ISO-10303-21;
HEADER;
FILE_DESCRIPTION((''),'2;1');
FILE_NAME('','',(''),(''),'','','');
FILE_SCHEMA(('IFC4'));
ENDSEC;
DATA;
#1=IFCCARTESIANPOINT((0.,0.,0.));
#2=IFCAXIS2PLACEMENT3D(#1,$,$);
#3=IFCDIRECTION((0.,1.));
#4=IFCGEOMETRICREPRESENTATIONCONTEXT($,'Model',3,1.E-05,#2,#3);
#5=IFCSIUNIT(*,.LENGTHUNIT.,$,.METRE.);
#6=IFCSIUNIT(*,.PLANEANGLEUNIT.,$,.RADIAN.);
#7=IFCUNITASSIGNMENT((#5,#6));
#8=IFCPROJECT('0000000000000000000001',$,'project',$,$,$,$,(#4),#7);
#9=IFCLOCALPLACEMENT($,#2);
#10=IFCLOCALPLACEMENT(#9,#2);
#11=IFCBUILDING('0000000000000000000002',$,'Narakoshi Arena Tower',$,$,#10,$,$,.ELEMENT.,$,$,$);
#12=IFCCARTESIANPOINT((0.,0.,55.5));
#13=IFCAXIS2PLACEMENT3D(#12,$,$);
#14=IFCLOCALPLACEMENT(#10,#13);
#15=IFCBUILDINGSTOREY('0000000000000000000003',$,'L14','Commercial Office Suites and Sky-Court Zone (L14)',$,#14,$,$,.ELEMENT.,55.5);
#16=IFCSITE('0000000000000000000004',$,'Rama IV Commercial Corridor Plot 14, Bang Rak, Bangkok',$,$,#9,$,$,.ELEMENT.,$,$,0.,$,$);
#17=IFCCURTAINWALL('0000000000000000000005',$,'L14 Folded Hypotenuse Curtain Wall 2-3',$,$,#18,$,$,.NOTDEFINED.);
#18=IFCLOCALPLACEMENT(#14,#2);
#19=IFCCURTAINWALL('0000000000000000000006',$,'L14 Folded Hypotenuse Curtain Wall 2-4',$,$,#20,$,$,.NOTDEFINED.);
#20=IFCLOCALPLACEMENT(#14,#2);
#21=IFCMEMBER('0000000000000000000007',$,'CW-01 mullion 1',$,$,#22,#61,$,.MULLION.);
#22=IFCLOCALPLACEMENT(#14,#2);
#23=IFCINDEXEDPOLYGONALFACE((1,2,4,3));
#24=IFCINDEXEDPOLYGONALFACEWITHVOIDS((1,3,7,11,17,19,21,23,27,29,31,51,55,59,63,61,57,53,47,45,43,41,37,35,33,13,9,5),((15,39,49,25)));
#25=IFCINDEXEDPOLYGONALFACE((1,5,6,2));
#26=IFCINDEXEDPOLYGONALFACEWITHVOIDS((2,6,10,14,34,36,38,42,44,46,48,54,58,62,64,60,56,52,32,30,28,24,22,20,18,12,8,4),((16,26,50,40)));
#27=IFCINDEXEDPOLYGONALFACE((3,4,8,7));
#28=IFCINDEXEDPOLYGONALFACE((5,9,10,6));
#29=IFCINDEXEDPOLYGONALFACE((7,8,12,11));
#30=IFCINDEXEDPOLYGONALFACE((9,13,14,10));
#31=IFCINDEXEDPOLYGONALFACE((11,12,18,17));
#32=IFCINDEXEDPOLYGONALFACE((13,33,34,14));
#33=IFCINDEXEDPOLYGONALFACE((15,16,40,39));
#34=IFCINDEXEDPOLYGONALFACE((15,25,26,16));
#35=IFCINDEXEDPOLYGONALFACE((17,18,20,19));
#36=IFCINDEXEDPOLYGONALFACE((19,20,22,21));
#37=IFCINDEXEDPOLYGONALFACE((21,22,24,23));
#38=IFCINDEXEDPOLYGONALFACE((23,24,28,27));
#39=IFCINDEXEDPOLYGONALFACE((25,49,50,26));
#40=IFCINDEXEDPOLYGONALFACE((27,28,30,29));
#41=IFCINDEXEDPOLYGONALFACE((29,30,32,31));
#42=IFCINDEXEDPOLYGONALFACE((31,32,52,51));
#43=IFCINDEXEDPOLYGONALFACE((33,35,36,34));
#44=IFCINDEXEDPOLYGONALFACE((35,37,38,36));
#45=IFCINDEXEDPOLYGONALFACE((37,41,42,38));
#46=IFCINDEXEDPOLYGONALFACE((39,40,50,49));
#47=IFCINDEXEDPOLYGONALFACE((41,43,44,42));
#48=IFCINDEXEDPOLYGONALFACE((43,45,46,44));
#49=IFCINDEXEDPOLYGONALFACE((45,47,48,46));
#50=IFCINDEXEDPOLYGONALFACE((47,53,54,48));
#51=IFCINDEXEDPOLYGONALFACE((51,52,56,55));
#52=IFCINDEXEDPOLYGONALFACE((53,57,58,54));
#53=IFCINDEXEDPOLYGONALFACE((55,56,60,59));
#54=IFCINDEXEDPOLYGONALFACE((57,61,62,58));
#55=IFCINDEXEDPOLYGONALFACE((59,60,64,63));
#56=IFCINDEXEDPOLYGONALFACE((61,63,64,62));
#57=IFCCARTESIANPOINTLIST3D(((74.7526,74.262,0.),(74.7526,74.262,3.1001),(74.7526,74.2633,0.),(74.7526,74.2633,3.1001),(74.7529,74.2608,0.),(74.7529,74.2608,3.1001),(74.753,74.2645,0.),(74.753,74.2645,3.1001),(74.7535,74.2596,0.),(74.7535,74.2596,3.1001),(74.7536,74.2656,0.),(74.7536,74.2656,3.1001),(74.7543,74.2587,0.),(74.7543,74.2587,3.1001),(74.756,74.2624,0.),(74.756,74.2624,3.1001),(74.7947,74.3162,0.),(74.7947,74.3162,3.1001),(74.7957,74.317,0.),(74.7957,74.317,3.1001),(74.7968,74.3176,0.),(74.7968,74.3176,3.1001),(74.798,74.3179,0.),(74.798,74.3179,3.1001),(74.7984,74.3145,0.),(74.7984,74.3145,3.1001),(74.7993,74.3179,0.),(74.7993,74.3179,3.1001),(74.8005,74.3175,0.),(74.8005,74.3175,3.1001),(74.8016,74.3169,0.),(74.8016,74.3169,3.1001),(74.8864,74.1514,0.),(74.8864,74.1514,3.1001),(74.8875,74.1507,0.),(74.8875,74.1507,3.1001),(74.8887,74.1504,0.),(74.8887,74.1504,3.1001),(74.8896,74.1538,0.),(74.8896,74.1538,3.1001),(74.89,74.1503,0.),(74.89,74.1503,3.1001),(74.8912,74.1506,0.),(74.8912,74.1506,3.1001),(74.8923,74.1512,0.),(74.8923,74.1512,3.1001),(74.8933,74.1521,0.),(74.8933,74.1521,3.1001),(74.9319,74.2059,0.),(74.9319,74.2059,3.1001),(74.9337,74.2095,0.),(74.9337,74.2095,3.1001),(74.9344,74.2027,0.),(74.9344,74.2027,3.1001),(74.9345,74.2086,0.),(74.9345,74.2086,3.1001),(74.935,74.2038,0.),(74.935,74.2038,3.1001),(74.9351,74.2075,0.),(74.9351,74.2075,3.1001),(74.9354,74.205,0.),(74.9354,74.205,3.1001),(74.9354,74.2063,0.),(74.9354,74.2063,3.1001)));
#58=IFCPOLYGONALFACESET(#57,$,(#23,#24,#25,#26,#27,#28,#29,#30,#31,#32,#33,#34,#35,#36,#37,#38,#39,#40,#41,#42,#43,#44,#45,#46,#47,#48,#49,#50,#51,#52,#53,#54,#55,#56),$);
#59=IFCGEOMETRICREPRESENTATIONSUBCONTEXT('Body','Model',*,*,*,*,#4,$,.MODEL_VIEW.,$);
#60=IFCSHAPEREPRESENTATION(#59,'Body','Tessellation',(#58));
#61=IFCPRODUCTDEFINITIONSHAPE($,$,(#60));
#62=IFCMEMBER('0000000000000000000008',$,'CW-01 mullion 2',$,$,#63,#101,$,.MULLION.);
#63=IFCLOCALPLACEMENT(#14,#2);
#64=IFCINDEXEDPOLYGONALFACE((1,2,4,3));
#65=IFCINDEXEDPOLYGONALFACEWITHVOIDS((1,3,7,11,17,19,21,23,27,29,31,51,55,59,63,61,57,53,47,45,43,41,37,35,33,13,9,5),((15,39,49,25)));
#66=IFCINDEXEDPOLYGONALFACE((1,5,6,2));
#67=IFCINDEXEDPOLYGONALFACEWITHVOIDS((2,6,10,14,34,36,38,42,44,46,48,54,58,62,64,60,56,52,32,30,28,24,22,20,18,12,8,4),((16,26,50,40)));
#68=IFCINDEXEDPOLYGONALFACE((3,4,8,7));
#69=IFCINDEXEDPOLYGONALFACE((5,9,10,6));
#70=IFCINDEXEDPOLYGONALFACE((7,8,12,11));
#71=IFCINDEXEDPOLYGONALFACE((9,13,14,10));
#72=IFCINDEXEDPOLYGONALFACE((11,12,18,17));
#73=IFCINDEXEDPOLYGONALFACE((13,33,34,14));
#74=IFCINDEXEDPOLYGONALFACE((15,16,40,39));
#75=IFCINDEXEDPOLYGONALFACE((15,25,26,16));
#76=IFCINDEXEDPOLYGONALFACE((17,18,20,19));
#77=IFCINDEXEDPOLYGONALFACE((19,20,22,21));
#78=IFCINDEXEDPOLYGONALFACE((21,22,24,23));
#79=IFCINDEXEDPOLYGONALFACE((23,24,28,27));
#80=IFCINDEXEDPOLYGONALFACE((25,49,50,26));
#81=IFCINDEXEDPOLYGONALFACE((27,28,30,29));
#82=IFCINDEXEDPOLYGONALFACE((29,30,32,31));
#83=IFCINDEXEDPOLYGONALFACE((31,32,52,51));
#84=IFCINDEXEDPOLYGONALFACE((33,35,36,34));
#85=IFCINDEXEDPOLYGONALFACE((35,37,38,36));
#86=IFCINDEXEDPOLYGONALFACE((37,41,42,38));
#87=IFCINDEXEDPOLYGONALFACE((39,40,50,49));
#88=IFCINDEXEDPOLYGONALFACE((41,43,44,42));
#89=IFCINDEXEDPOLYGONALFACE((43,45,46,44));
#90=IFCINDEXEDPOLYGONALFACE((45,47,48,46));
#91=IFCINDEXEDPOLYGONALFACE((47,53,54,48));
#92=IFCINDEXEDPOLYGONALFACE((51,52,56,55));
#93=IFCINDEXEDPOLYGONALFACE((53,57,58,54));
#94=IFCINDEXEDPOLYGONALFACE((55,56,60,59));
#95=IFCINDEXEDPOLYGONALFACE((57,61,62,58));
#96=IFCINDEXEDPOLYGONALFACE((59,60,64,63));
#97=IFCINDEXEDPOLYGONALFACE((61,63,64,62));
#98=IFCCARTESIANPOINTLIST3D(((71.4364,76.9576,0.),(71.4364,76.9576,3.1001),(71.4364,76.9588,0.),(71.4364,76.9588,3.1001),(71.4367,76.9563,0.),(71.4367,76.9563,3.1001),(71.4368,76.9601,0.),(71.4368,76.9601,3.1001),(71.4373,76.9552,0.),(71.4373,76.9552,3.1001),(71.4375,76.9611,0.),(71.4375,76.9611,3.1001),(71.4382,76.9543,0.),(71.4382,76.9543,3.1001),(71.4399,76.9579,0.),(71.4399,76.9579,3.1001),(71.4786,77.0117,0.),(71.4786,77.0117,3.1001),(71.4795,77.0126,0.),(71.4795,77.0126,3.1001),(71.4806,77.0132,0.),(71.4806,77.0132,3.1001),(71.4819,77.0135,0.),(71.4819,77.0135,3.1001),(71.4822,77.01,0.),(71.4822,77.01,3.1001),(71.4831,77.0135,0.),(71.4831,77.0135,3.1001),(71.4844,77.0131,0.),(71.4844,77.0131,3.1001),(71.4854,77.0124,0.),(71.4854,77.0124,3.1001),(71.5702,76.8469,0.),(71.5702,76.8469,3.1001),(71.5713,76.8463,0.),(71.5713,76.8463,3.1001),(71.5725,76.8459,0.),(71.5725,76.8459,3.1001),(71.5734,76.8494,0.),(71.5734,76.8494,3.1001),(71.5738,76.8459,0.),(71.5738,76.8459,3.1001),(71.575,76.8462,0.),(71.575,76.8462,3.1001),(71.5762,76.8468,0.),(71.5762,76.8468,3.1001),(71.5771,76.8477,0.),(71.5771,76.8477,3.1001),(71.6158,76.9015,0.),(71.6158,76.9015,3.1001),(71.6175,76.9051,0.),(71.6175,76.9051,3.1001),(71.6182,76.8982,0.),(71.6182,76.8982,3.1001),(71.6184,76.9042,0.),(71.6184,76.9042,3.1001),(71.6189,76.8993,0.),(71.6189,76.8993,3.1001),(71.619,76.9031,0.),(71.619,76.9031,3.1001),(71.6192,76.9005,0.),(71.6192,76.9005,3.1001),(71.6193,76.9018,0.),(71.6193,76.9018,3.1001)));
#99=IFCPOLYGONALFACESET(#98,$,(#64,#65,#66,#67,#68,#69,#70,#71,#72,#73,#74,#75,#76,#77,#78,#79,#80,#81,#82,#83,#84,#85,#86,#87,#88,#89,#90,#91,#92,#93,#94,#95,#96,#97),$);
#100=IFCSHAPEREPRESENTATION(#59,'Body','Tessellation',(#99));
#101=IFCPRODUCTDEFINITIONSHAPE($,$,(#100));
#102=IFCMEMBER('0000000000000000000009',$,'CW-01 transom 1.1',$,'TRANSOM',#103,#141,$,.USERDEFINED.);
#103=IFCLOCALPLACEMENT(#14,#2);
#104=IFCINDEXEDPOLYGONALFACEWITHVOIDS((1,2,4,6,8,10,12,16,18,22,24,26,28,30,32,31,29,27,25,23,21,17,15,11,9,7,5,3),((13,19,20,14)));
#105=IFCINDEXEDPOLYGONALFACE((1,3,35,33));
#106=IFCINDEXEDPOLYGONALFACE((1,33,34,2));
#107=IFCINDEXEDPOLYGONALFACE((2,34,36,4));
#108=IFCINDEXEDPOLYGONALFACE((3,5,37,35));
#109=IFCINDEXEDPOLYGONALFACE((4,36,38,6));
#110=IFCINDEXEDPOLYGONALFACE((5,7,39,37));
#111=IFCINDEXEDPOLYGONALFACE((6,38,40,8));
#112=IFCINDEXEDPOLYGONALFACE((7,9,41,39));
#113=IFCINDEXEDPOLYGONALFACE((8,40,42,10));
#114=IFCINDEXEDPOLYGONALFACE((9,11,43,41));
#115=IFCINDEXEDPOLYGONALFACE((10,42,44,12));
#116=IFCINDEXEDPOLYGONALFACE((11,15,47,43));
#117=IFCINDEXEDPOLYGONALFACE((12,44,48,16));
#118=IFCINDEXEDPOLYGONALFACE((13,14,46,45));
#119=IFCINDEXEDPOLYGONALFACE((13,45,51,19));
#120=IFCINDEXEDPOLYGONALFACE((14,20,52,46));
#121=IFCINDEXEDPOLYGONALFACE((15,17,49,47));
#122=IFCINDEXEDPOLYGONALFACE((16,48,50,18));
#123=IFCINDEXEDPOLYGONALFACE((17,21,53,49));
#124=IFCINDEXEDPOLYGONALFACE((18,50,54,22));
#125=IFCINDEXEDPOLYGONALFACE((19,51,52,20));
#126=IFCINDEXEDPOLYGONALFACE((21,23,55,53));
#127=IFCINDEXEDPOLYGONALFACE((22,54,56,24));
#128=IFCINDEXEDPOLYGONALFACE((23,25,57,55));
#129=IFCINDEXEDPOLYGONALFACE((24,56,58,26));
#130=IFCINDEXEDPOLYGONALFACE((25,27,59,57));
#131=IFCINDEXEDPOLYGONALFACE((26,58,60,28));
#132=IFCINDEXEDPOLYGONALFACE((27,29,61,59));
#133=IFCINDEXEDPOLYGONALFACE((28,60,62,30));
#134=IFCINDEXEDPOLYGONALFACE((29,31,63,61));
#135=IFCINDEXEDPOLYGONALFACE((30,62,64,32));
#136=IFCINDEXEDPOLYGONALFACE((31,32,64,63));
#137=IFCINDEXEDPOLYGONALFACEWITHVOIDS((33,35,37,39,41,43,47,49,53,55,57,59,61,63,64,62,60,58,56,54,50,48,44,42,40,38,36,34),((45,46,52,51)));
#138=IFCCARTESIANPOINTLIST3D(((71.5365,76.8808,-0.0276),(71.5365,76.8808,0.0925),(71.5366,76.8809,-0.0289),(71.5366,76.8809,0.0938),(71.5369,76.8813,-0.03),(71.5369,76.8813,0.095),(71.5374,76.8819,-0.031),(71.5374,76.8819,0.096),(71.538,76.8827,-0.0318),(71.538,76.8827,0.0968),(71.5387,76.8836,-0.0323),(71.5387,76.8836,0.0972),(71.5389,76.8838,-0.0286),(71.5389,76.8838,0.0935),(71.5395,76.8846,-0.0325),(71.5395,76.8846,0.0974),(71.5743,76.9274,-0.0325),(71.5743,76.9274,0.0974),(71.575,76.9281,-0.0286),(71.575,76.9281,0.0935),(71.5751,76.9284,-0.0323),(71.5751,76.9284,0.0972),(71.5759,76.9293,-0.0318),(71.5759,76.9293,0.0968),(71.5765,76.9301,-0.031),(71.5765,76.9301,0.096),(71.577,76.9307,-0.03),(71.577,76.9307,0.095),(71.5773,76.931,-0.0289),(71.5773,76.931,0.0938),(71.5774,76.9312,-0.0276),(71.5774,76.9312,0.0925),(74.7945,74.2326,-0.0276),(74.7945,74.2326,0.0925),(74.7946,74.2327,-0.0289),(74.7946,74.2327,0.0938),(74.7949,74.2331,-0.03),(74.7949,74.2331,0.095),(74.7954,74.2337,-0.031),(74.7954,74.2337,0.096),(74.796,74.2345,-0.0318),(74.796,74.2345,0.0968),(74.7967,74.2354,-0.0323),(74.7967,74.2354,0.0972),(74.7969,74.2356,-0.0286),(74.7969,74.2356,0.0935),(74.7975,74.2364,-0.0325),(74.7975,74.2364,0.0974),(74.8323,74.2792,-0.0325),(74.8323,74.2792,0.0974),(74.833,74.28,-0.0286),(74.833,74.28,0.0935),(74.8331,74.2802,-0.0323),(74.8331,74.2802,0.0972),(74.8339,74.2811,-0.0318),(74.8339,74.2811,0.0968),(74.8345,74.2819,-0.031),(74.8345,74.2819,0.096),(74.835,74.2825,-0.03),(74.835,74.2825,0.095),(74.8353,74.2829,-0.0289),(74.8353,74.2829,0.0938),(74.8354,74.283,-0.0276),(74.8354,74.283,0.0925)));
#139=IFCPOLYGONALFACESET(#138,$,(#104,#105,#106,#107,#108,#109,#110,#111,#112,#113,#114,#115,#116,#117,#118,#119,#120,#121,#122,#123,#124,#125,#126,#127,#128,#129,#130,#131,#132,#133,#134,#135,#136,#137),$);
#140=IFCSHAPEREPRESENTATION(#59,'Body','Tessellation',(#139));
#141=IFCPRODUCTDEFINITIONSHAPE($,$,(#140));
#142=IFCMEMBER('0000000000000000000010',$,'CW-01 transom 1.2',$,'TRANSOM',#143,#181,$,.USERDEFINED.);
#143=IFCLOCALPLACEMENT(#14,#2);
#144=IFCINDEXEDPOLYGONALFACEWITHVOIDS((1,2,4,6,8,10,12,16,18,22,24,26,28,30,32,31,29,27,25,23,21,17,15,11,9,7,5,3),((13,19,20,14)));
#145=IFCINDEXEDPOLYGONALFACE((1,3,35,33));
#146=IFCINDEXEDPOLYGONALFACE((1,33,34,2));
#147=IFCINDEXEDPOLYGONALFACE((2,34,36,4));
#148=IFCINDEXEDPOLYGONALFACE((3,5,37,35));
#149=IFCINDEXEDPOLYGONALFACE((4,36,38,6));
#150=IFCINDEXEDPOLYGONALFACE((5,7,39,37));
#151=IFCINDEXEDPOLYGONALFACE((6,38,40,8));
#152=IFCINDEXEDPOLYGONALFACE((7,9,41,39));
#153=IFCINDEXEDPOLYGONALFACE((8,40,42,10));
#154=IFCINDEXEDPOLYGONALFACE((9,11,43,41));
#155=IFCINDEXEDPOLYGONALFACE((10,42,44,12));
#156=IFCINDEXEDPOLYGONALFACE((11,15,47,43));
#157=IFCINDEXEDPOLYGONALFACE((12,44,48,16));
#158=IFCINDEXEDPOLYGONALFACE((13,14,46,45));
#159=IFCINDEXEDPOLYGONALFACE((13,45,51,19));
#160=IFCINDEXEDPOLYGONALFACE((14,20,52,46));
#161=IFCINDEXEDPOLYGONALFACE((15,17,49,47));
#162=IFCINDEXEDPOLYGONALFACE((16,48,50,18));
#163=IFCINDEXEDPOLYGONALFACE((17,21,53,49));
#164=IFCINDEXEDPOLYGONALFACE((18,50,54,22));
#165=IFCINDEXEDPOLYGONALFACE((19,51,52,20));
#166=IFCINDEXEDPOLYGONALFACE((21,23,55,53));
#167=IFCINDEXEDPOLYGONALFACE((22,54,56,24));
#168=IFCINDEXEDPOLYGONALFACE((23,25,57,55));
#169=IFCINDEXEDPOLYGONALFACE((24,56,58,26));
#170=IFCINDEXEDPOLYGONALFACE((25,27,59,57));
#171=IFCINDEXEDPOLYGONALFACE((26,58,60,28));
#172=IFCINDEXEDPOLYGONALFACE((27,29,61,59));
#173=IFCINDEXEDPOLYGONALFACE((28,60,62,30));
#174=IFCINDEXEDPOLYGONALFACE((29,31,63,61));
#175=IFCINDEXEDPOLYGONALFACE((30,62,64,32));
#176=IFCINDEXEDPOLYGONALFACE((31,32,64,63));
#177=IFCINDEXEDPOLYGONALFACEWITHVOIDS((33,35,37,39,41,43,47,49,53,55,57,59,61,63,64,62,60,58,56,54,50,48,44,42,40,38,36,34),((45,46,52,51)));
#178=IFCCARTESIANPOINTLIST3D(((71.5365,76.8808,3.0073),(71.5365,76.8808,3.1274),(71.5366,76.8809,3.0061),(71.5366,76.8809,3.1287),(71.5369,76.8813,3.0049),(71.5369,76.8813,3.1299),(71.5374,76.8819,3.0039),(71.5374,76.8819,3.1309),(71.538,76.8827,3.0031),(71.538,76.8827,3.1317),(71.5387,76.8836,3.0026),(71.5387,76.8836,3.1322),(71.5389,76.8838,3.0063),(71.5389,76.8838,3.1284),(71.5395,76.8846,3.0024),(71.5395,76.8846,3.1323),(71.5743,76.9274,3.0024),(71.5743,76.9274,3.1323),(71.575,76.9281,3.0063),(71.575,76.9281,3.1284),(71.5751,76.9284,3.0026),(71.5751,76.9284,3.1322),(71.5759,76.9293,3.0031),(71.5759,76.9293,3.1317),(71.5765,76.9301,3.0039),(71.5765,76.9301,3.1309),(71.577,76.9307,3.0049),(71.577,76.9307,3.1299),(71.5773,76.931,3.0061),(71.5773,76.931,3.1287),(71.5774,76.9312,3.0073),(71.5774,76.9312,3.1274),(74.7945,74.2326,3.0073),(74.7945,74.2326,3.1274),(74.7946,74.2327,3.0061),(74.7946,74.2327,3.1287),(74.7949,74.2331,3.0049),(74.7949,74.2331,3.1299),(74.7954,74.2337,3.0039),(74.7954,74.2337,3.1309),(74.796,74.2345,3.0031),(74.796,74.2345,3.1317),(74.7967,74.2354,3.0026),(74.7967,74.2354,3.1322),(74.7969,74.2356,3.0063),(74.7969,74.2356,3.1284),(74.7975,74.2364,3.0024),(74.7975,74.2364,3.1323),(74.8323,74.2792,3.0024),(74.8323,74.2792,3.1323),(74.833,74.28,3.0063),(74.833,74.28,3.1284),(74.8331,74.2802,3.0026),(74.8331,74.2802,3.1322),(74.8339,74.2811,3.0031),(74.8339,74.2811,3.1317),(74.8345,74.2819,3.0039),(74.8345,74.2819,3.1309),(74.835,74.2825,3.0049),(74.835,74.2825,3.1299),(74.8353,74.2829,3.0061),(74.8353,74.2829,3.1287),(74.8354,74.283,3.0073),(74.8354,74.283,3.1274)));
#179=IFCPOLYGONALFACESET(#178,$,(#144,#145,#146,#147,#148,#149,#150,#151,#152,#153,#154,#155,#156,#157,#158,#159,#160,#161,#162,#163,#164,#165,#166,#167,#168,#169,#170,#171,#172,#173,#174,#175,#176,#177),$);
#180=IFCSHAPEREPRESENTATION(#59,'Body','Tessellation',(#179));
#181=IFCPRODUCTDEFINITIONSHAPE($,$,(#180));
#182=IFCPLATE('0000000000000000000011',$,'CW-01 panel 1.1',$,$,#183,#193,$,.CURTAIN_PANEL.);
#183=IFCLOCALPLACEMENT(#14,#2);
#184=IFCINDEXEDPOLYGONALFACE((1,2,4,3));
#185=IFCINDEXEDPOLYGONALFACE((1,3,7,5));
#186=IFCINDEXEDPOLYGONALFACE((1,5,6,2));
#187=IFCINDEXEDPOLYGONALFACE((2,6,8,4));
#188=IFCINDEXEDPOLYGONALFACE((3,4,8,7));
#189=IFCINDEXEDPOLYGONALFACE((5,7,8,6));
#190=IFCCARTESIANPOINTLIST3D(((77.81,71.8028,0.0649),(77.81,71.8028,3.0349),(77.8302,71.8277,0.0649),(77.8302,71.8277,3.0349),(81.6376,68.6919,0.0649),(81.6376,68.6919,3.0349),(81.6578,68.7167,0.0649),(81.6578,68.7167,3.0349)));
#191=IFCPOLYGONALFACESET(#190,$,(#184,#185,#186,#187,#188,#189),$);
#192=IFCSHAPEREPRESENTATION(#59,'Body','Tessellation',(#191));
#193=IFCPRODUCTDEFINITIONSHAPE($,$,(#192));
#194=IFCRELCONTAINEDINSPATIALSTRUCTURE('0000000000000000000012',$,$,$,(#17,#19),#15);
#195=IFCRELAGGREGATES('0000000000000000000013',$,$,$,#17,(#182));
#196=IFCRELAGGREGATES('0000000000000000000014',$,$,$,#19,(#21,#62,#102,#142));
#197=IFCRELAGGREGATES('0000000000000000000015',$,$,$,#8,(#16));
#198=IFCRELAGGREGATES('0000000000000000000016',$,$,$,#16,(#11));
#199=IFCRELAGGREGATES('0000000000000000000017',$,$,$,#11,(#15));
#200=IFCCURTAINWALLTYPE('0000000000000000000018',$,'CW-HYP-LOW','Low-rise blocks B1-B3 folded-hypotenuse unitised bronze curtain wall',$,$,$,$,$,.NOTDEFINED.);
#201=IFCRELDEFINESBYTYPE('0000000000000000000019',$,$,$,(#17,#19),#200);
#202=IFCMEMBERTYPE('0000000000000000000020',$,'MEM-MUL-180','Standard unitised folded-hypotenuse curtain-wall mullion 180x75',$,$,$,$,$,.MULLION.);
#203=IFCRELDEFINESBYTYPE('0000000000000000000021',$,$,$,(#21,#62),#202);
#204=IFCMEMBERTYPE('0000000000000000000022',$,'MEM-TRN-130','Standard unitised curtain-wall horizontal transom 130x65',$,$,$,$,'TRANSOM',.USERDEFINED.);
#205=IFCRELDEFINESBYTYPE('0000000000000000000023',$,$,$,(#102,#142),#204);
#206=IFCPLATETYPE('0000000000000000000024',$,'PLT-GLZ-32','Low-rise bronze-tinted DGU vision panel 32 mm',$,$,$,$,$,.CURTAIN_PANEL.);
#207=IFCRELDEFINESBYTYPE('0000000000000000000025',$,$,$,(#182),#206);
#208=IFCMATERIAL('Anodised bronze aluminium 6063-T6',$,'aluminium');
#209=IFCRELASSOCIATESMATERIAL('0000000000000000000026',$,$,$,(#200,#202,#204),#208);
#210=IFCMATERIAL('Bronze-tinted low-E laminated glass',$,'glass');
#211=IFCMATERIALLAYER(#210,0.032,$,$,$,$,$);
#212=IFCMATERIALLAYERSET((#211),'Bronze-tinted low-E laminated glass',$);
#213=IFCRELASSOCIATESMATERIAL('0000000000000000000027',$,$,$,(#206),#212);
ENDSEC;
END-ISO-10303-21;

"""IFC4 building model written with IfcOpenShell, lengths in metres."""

from ifc_helpers import new_model, si_unit, direction, frame, origin, origin_2d, place, context, subcontext, project, spatial, rectangle, hollow_rectangle, extrude, material, layer, layer_set, material_profile, profile_set, type_object, element, aggregate, save


model = new_model("IFC4")

# Units and contexts
model_context = context("Model", 3, precision=1e-05, world=origin(), true_north=direction((0.0, 1.0)))
body_context = subcontext(model_context, "Body", "Model", "MODEL_VIEW")
ifc_project = project(units=[si_unit("LENGTHUNIT", "METRE"), si_unit("PLANEANGLEUNIT", "RADIAN")], contexts=[model_context])

# Site, building, storey
site_placement = place(None, origin())
site = spatial("IfcSite", under=ifc_project, at=site_placement, Name="Rama IV Commercial Corridor Plot 14, Bang Rak, Bangkok", CompositionType="ELEMENT", RefElevation=0.0)
building_placement = place(site_placement, origin())
building = spatial("IfcBuilding", under=site, at=building_placement, Name="Narakoshi Arena Tower", CompositionType="ELEMENT")
storey_placement = place(building_placement, frame((0.0, 0.0, 55.5)))
storey = spatial("IfcBuildingStorey", under=building, at=storey_placement, Name="L14", Description="Commercial Office Suites and Sky-Court Zone (L14)", CompositionType="ELEMENT", Elevation=55.5)

# Curtain wall
ifc_material_1 = material(Name="Anodised bronze aluminium 6063-T6", Category="aluminium")
curtain_wall_type = type_object("IfcCurtainWallType", Name="CW-HYP-LOW", Description="Low-rise blocks B1-B3 folded-hypotenuse unitised bronze curtain wall", PredefinedType="NOTDEFINED", material=ifc_material_1)
curtain_wall_1_placement = place(storey_placement, origin())
curtain_wall_1 = element("IfcCurtainWall", 1, at=curtain_wall_1_placement, inside=storey, type_object=curtain_wall_type, Name="L14 Folded Hypotenuse Curtain Wall 2-3", PredefinedType="NOTDEFINED")
ifc_material_profile_1 = material_profile(ifc_material_1, hollow_rectangle(XDim=0.075, YDim=0.1799, WallThickness=0.0039, OuterFilletRadius=0.0049, at=origin_2d()), Name="MUL180x75x4")
ifc_profile_set_1 = profile_set([ifc_material_profile_1], Name="Anodised bronze aluminium 6063-T6")
member_type_1 = type_object("IfcMemberType", Name="MEM-MUL-180", Description="Standard unitised folded-hypotenuse curtain-wall mullion 180x75", PredefinedType="MULLION", material=ifc_profile_set_1)

# Curtain wall, members
curtain_wall_2_placement = place(storey_placement, origin())
curtain_wall_2 = element("IfcCurtainWall", 2, at=curtain_wall_2_placement, inside=storey, type_object=curtain_wall_type, Name="L14 Folded Hypotenuse Curtain Wall 2-4", PredefinedType="NOTDEFINED")
member_1_placement = place(storey_placement, frame((74.844, 74.2341, 0.0), z_axis=(0.0, 0.0, 1.0), x_axis=(-0.630734, -0.775999, 0.0)))
member_1 = element("IfcMember", 3, at=member_1_placement, type_object=member_type_1, Name="CW-01 mullion 1", PredefinedType="MULLION", context=body_context, shape_type="SweptSolid", body=[
    extrude(hollow_rectangle(XDim=0.075, YDim=0.1799, WallThickness=0.0039, OuterFilletRadius=0.0049, at=origin_2d()), origin(), (0.0, 0.0, 1.0), 3.1001),
])
member_2_placement = place(storey_placement, frame((71.5278, 76.9297, 0.0), z_axis=(0.0, 0.0, 1.0), x_axis=(-0.630734, -0.775999, 0.0)))
member_2 = element("IfcMember", 4, at=member_2_placement, type_object=member_type_1, Name="CW-01 mullion 2", PredefinedType="MULLION", context=body_context, shape_type="SweptSolid", body=[
    extrude(hollow_rectangle(XDim=0.075, YDim=0.1799, WallThickness=0.0039, OuterFilletRadius=0.0049, at=origin_2d()), origin(), (0.0, 0.0, 1.0), 3.1001),
])
ifc_material_profile_2 = material_profile(ifc_material_1, hollow_rectangle(XDim=0.0649, YDim=0.1299, WallThickness=0.0039, OuterFilletRadius=0.0049, at=origin_2d()), Name="TRN130x65x4")
ifc_profile_set_2 = profile_set([ifc_material_profile_2], Name="Anodised bronze aluminium 6063-T6")
member_type_2 = type_object("IfcMemberType", Name="MEM-TRN-130", Description="Standard unitised curtain-wall horizontal transom 130x65", ElementType="TRANSOM", PredefinedType="USERDEFINED", material=ifc_profile_set_2)
member_3_placement = place(storey_placement, frame((74.8149, 74.2578, 0.0325), z_axis=(-0.775995, 0.630739, 0.0), x_axis=(-0.630739, -0.775995, 0.0)))
member_3 = element("IfcMember", 5, at=member_3_placement, type_object=member_type_2, Name="CW-01 transom 1.1", ObjectType="TRANSOM", PredefinedType="USERDEFINED", context=body_context, shape_type="SweptSolid", body=[
    extrude(hollow_rectangle(XDim=0.0649, YDim=0.1299, WallThickness=0.0039, OuterFilletRadius=0.0049, at=origin_2d()), origin(), (0.0, 0.0, 1.0), 4.1985),
])
member_4_placement = place(storey_placement, frame((74.8149, 74.2578, 3.0674), z_axis=(-0.775995, 0.630739, 0.0), x_axis=(-0.630739, -0.775995, 0.0)))
member_4 = element("IfcMember", 6, at=member_4_placement, type_object=member_type_2, Name="CW-01 transom 1.2", ObjectType="TRANSOM", PredefinedType="USERDEFINED", context=body_context, shape_type="SweptSolid", body=[
    extrude(hollow_rectangle(XDim=0.0649, YDim=0.1299, WallThickness=0.0039, OuterFilletRadius=0.0049, at=origin_2d()), origin(), (0.0, 0.0, 1.0), 4.1985),
])

# Plate
ifc_material_2 = material(Name="Bronze-tinted low-E laminated glass", Category="glass")
ifc_layer_1 = layer(ifc_material_2, 0.032)
ifc_layer_set_1 = layer_set([ifc_layer_1], Name="Bronze-tinted low-E laminated glass")
plate_type = type_object("IfcPlateType", Name="PLT-GLZ-32", Description="Low-rise bronze-tinted DGU vision panel 32 mm", PredefinedType="CURTAIN_PANEL", material=ifc_layer_set_1)
plate_1_placement = place(storey_placement, frame((79.7339, 70.2598, 0.0649), z_axis=(0.0, 0.0, 1.0), x_axis=(-0.776008, 0.630723, 0.0)))
plate_1 = element("IfcPlate", 7, at=plate_1_placement, type_object=plate_type, Name="CW-01 panel 1.1", PredefinedType="CURTAIN_PANEL", context=body_context, shape_type="SweptSolid", body=[
    extrude(rectangle(XDim=4.9324, YDim=0.032, at=origin_2d()), origin(), (0.0, 0.0, 1.0), 2.97),
])
aggregate(curtain_wall_1, [plate_1])
aggregate(curtain_wall_2, [member_1, member_2, member_3, member_4])

save(model, "model.ifc")
